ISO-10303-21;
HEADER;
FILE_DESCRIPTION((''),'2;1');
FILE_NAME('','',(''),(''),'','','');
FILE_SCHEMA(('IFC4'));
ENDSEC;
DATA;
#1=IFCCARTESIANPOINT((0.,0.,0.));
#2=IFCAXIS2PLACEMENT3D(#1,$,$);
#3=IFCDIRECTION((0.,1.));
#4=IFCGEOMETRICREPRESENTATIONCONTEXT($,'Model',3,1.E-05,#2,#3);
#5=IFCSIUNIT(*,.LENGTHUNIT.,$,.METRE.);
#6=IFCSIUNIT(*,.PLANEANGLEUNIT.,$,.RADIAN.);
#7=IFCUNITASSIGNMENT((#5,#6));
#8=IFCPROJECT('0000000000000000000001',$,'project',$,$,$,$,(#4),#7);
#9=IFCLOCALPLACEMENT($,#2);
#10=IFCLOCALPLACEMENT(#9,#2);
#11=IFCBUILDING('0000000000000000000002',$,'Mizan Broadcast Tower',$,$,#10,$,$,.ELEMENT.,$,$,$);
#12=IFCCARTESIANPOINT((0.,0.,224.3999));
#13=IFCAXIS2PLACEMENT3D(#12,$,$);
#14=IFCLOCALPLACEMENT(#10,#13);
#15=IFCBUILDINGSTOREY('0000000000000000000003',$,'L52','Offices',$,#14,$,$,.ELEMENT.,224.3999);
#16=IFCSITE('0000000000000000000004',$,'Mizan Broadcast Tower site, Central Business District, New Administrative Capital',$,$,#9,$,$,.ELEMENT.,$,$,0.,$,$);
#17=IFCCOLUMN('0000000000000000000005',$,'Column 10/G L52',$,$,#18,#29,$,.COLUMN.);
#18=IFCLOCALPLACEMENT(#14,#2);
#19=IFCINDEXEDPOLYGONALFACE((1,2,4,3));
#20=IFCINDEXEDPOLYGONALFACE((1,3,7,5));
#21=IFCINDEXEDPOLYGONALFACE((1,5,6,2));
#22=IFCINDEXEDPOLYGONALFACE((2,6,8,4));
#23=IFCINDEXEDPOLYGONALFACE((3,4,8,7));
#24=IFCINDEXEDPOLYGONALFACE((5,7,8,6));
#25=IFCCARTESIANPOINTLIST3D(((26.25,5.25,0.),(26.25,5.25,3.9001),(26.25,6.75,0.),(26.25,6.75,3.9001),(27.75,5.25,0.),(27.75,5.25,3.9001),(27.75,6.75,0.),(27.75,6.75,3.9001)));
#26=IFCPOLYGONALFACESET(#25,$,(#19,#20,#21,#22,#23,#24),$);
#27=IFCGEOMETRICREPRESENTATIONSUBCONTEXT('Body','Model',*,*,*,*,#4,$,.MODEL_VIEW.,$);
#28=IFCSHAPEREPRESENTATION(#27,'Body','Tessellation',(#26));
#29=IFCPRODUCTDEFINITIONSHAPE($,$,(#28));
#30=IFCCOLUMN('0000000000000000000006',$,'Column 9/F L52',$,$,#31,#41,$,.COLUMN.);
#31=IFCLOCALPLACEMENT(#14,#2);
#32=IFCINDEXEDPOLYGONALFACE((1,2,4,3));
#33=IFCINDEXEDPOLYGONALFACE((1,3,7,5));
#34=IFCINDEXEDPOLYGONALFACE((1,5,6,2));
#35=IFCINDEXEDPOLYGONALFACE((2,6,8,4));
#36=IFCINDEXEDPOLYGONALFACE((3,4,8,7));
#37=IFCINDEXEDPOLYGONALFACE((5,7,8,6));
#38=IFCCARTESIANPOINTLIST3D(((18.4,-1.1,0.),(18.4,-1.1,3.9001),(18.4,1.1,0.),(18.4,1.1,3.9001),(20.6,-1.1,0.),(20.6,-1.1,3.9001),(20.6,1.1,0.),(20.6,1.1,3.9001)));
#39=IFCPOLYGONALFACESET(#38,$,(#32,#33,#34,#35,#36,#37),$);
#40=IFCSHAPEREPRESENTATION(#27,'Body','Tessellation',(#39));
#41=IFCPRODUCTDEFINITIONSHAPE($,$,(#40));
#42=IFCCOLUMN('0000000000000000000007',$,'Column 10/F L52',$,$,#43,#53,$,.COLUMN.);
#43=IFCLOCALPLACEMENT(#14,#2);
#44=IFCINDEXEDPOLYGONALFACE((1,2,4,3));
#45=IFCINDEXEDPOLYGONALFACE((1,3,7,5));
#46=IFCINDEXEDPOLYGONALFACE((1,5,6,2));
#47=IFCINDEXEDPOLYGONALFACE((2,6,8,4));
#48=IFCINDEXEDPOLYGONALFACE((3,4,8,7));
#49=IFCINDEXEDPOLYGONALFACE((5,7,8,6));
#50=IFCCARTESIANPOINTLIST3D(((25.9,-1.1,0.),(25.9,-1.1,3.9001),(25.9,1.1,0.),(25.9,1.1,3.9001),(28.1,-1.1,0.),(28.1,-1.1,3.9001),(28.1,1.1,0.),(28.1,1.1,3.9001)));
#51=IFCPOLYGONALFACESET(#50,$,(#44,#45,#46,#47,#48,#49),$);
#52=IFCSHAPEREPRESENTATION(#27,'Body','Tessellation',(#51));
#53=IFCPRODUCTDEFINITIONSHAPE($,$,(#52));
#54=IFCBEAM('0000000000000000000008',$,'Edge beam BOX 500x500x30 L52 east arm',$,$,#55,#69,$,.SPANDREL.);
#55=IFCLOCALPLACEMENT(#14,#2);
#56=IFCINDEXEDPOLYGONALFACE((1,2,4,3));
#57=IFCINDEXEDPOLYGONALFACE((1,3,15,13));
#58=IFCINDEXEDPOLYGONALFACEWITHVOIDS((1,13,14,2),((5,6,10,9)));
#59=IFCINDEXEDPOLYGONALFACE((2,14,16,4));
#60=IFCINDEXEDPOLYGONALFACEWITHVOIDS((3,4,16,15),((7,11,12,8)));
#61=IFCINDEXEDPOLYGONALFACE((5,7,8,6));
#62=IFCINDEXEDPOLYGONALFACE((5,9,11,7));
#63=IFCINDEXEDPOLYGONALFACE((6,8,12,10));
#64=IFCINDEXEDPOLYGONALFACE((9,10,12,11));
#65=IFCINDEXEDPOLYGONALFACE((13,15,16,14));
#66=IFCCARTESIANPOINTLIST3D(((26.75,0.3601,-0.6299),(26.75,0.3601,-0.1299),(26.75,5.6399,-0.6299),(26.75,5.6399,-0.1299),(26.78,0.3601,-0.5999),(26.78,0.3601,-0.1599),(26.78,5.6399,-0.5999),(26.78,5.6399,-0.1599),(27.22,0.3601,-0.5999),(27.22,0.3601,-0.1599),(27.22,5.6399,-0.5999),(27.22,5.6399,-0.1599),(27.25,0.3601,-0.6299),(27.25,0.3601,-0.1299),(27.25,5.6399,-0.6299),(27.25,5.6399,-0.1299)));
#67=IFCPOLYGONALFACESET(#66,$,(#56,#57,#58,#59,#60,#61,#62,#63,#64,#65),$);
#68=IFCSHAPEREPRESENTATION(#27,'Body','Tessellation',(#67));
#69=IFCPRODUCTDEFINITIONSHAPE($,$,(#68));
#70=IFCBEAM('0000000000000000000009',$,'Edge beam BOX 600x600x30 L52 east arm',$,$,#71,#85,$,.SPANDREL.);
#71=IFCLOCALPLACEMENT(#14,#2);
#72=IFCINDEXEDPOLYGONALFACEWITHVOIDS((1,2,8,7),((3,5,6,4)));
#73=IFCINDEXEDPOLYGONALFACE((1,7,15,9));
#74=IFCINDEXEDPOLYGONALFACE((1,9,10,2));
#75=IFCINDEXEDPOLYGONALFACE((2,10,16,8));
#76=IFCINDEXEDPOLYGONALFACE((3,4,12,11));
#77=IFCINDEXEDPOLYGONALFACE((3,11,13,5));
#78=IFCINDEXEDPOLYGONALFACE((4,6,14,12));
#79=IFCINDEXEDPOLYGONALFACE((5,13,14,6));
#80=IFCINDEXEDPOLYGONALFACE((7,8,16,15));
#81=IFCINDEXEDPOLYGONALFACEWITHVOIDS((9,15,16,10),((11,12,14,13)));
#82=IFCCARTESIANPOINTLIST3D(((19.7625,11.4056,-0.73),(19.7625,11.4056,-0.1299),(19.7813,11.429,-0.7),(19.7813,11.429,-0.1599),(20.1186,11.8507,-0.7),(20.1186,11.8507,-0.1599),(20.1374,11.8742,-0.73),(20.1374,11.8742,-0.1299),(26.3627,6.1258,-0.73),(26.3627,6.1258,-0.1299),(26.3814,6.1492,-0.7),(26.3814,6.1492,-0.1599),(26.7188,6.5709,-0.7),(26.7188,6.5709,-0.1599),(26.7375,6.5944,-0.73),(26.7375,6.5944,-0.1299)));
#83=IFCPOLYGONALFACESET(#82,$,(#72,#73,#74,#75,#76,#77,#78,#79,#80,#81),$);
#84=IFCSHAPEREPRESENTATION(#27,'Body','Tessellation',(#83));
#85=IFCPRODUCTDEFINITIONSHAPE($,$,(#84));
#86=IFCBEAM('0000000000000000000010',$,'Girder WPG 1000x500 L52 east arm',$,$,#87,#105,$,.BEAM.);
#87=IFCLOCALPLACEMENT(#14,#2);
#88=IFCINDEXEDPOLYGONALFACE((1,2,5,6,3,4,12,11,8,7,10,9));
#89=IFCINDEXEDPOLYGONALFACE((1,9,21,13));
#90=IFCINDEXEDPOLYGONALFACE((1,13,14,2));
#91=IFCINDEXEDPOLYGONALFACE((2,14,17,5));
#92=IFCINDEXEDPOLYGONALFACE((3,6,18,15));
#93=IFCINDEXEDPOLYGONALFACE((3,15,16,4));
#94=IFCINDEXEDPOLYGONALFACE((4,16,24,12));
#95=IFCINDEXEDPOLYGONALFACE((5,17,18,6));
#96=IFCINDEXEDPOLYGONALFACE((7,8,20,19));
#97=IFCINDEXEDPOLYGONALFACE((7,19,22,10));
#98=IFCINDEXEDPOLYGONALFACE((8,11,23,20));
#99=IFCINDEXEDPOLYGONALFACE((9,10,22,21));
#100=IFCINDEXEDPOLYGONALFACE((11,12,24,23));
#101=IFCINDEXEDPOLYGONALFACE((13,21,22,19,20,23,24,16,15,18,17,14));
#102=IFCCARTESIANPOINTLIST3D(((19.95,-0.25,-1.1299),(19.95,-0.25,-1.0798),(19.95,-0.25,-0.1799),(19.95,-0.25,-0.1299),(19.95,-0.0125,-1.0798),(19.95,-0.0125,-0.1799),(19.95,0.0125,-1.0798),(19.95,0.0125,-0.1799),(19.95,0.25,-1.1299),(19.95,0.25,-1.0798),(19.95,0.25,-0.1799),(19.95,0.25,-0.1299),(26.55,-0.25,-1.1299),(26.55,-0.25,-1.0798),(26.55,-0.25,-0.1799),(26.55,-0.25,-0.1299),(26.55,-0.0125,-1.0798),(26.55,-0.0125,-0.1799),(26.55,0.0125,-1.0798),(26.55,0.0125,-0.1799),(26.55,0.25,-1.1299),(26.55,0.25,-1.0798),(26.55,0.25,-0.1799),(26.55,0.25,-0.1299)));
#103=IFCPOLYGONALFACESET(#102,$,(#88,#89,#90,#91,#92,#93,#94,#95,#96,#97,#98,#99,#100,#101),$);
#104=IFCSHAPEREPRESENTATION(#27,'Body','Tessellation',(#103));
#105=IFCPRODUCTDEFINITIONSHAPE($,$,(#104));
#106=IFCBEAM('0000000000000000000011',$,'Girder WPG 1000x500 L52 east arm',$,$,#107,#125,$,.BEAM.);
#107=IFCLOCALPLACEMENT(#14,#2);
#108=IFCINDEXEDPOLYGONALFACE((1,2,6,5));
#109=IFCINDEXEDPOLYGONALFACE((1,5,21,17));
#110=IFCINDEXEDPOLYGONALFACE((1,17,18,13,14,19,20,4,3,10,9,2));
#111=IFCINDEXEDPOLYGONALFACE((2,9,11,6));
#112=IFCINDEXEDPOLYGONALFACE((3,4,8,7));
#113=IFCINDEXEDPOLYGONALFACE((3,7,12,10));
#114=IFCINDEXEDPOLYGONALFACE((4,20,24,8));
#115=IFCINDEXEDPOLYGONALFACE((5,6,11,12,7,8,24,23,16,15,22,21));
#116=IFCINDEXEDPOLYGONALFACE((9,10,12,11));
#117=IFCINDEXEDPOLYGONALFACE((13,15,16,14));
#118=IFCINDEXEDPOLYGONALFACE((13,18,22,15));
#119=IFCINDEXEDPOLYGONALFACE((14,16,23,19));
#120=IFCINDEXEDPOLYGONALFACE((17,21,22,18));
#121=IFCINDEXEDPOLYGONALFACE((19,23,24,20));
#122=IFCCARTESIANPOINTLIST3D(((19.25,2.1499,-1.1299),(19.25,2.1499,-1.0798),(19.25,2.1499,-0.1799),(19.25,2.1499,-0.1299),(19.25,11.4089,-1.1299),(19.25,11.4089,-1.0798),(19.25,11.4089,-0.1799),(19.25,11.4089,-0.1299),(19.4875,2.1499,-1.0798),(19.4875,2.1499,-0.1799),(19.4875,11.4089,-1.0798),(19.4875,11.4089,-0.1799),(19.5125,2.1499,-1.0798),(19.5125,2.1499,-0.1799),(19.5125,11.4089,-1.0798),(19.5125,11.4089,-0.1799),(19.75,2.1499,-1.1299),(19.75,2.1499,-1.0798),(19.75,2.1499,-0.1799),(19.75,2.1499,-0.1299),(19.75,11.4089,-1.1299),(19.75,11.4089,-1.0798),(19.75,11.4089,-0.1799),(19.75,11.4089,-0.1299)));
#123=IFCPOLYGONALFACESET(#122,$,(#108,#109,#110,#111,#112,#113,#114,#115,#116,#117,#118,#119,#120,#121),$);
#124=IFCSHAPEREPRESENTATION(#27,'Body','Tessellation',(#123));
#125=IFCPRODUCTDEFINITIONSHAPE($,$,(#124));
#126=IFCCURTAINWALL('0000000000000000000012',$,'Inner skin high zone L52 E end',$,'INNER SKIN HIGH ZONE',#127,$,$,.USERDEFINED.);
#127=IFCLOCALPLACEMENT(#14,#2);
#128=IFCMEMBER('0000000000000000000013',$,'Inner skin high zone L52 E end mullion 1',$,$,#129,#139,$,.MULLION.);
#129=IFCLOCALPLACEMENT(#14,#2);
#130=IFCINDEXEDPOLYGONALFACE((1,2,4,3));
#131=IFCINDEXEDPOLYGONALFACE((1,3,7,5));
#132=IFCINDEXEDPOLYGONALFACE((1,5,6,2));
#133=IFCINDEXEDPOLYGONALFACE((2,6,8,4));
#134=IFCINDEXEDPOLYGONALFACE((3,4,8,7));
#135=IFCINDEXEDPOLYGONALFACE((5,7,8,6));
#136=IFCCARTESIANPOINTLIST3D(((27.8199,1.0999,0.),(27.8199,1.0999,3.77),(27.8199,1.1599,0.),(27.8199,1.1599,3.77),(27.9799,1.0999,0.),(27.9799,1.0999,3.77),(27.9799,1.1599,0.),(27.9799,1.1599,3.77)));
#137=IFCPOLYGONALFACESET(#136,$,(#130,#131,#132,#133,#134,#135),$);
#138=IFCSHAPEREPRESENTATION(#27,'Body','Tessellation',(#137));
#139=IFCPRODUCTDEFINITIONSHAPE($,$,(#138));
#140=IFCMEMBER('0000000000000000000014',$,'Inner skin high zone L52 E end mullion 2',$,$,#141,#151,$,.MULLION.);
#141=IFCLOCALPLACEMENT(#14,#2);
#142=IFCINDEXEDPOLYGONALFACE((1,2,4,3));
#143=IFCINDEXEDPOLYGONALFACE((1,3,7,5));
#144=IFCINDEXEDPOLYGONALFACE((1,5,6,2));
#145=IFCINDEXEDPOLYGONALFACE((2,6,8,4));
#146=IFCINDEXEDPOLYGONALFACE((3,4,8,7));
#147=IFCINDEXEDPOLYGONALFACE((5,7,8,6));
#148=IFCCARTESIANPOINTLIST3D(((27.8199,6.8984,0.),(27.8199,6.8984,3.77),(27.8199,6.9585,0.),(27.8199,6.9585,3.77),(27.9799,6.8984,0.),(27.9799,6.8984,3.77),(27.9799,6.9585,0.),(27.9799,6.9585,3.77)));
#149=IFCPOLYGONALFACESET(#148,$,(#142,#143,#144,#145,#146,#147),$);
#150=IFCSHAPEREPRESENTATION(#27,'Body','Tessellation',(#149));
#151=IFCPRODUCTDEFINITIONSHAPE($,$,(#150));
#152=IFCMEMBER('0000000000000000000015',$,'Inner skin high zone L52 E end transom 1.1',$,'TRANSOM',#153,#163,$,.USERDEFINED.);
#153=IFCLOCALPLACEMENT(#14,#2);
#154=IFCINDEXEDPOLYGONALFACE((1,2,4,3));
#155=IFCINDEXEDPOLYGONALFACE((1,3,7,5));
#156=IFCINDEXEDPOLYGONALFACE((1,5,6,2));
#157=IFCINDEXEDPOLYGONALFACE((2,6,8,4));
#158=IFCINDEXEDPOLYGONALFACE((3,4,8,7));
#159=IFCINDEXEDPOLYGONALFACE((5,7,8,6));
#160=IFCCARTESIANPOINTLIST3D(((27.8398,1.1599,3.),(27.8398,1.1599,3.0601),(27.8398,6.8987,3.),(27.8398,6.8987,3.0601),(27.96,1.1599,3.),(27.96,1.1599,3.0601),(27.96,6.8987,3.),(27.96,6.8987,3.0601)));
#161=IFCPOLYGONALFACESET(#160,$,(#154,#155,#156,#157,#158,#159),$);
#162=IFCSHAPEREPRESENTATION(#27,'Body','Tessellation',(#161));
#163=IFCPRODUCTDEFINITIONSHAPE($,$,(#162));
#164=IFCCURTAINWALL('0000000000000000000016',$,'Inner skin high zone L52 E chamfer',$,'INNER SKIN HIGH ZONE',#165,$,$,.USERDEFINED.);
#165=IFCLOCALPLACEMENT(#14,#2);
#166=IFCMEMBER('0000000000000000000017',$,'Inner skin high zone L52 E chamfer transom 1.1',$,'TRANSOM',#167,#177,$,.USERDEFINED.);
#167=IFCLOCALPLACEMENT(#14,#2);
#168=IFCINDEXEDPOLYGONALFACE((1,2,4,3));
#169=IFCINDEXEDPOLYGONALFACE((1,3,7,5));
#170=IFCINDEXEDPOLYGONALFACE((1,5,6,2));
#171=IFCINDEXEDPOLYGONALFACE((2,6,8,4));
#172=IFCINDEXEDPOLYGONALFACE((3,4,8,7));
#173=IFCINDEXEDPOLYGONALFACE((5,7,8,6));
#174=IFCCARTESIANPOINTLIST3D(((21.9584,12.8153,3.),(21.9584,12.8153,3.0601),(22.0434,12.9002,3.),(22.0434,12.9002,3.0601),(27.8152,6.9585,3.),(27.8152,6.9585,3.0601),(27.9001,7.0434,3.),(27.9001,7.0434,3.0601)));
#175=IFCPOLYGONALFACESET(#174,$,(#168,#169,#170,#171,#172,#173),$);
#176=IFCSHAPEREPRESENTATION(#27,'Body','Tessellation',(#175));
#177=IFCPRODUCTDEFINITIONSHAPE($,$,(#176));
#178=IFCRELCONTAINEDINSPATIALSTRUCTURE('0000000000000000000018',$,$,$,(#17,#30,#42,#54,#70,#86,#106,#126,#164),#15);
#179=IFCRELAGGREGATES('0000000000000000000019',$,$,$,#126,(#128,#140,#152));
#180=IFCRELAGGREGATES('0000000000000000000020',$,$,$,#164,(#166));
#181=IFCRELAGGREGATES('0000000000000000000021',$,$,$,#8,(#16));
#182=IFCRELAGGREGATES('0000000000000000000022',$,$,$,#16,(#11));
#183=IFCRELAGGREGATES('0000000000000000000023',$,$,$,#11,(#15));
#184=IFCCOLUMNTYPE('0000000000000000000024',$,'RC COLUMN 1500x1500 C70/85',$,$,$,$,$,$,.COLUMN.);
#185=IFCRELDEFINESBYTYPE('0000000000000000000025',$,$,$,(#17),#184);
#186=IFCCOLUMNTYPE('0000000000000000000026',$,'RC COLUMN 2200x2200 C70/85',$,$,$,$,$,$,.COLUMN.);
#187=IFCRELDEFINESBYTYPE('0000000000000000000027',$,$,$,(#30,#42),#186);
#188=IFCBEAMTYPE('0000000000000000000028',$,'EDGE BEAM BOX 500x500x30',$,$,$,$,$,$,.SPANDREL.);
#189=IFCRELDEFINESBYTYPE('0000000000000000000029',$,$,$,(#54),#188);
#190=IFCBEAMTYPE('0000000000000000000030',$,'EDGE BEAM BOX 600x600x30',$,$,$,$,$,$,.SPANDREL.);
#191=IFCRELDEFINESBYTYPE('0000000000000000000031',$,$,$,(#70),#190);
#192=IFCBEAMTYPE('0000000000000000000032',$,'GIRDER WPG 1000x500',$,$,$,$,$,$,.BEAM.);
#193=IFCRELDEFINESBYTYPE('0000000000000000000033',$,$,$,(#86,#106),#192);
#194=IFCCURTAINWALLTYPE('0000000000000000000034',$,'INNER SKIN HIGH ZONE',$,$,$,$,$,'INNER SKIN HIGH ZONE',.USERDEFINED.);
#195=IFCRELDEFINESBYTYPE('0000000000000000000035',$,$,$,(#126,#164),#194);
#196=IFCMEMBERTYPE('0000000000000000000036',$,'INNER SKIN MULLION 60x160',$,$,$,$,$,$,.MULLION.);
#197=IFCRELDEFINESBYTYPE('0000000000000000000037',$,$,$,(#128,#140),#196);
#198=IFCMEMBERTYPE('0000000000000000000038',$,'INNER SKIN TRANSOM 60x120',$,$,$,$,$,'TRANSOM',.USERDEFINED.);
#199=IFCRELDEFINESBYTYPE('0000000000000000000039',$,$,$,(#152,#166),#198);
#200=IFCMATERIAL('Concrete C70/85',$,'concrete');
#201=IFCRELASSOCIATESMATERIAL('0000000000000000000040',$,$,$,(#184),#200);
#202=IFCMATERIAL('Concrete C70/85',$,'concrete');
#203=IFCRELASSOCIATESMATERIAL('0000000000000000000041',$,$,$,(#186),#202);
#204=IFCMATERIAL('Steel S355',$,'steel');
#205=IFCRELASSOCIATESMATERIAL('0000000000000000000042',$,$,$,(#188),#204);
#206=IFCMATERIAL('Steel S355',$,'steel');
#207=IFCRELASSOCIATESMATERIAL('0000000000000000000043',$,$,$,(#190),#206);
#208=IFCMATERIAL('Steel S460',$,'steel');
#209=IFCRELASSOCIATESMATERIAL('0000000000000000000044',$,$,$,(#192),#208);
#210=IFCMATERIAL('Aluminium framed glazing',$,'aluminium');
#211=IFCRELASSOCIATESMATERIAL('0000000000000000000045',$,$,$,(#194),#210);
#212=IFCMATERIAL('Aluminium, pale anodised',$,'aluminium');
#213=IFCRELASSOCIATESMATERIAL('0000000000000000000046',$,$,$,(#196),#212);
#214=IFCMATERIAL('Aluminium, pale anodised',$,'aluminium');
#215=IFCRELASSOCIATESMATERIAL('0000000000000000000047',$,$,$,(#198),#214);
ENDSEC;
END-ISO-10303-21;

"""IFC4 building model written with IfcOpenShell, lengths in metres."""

from ifc_helpers import new_model, si_unit, direction, frame, origin, origin_2d, place, context, subcontext, project, spatial, rectangle, hollow_rectangle, i_section, extrude, material, material_profile, profile_set, type_object, element, aggregate, save


model = new_model("IFC4")

# Units and contexts
model_context = context("Model", 3, precision=1e-05, world=origin(), true_north=direction((0.0, 1.0)))
body_context = subcontext(model_context, "Body", "Model", "MODEL_VIEW")
ifc_project = project(units=[si_unit("LENGTHUNIT", "METRE"), si_unit("PLANEANGLEUNIT", "RADIAN")], contexts=[model_context])

# Site, building, storey
site_placement = place(None, origin())
site = spatial("IfcSite", under=ifc_project, at=site_placement, Name="Mizan Broadcast Tower site, Central Business District, New Administrative Capital", CompositionType="ELEMENT", RefElevation=0.0)
building_placement = place(site_placement, origin())
building = spatial("IfcBuilding", under=site, at=building_placement, Name="Mizan Broadcast Tower", CompositionType="ELEMENT")
storey_placement = place(building_placement, frame((0.0, 0.0, 224.3999)))
storey = spatial("IfcBuildingStorey", under=building, at=storey_placement, Name="L52", Description="Offices", CompositionType="ELEMENT", Elevation=224.3999)

# Columns
ifc_material_1 = material(Name="Concrete C70/85", Category="concrete")
ifc_material_profile_1 = material_profile(ifc_material_1, rectangle(XDim=1.5, YDim=1.5, at=origin_2d()), Name="RC 1500x1500")
ifc_profile_set_1 = profile_set([ifc_material_profile_1], Name="Concrete C70/85")
column_type_1 = type_object("IfcColumnType", Name="RC COLUMN 1500x1500 C70/85", PredefinedType="COLUMN", material=ifc_profile_set_1)
column_placement = place(storey_placement, frame((27.0, 6.0, 0.0), z_axis=(0.0, 0.0, 1.0), x_axis=(1.0, 0.0, 0.0)))
element("IfcColumn", 1, at=column_placement, inside=storey, type_object=column_type_1, Name="Column 10/G L52", PredefinedType="COLUMN", context=body_context, shape_type="SweptSolid", body=[
    extrude(rectangle(XDim=1.5, YDim=1.5, at=origin_2d()), origin(), (0.0, 0.0, 1.0), 3.9001),
])
ifc_material_2 = material(Name="Concrete C70/85", Category="concrete")
ifc_material_profile_2 = material_profile(ifc_material_2, rectangle(XDim=2.2, YDim=2.2, at=origin_2d()), Name="RC 2200x2200")
ifc_profile_set_2 = profile_set([ifc_material_profile_2], Name="Concrete C70/85")
column_type_2 = type_object("IfcColumnType", Name="RC COLUMN 2200x2200 C70/85", PredefinedType="COLUMN", material=ifc_profile_set_2)
for number, where, z_axis, x_axis, name in (
    (2, (19.5, 0.0, 0.0), (0.0, 0.0, 1.0), (1.0, 0.0, 0.0), "Column 9/F L52"),
    (3, (27.0, 0.0, 0.0), (0.0, 0.0, 1.0), (1.0, 0.0, 0.0), "Column 10/F L52"),
):
    element("IfcColumn", number, at=place(storey_placement, frame(where, z_axis=z_axis, x_axis=x_axis)), inside=storey, type_object=column_type_2, Name=name, PredefinedType="COLUMN", context=body_context, shape_type="SweptSolid", body=[
        extrude(rectangle(XDim=2.2, YDim=2.2, at=origin_2d()), origin(), (0.0, 0.0, 1.0), 3.9001),
    ])

# Beams
ifc_material_3 = material(Name="Steel S355", Category="steel")
ifc_material_profile_3 = material_profile(ifc_material_3, hollow_rectangle(XDim=0.5, YDim=0.5, WallThickness=0.03, at=origin_2d()), Name="BOX 500x500x30")
ifc_profile_set_3 = profile_set([ifc_material_profile_3], Name="Steel S355")
beam_type_1 = type_object("IfcBeamType", Name="EDGE BEAM BOX 500x500x30", PredefinedType="SPANDREL", material=ifc_profile_set_3)
beam_1_placement = place(storey_placement, frame((27.0, 5.6399, -0.3799), z_axis=(0.0, -1.0, 0.0), x_axis=(1.0, 0.0, 0.0)))
element("IfcBeam", 4, at=beam_1_placement, inside=storey, type_object=beam_type_1, Name="Edge beam BOX 500x500x30 L52 east arm", PredefinedType="SPANDREL", context=body_context, shape_type="SweptSolid", body=[
    extrude(hollow_rectangle(XDim=0.5, YDim=0.5, WallThickness=0.03, at=origin_2d()), origin(), (0.0, 0.0, 1.0), 5.2798),
])
ifc_material_4 = material(Name="Steel S355", Category="steel")
ifc_material_profile_4 = material_profile(ifc_material_4, hollow_rectangle(XDim=0.6001, YDim=0.6001, WallThickness=0.03, at=origin_2d()), Name="BOX 600x600x30")
ifc_profile_set_4 = profile_set([ifc_material_profile_4], Name="Steel S355")
beam_type_2 = type_object("IfcBeamType", Name="EDGE BEAM BOX 600x600x30", PredefinedType="SPANDREL", material=ifc_profile_set_4)
beam_2_placement = place(storey_placement, frame((19.95, 11.6399, -0.4299), z_axis=(0.780886, -0.624674, 0.0), x_axis=(0.624674, 0.780886, 0.0)))
element("IfcBeam", 5, at=beam_2_placement, inside=storey, type_object=beam_type_2, Name="Edge beam BOX 600x600x30 L52 east arm", PredefinedType="SPANDREL", context=body_context, shape_type="SweptSolid", body=[
    extrude(hollow_rectangle(XDim=0.6001, YDim=0.6001, WallThickness=0.03, at=origin_2d()), origin(), (0.0, 0.0, 1.0), 8.4521),
])
ifc_material_5 = material(Name="Steel S460", Category="steel")
ifc_material_profile_5 = material_profile(ifc_material_5, i_section(OverallWidth=0.5, OverallDepth=1.0, WebThickness=0.0249, FlangeThickness=0.05, at=origin_2d()), Name="WPG 1000x500")
ifc_profile_set_5 = profile_set([ifc_material_profile_5], Name="Steel S460")
beam_type_3 = type_object("IfcBeamType", Name="GIRDER WPG 1000x500", PredefinedType="BEAM", material=ifc_profile_set_5)
beam_3_placement = place(storey_placement, frame((19.95, 0.0, -0.6299), z_axis=(1.0, 0.0, 0.0), x_axis=(0.0, 1.0, 0.0)))
element("IfcBeam", 6, at=beam_3_placement, inside=storey, type_object=beam_type_3, Name="Girder WPG 1000x500 L52 east arm", PredefinedType="BEAM", context=body_context, shape_type="SweptSolid", body=[
    extrude(i_section(OverallWidth=0.5, OverallDepth=1.0, WebThickness=0.0249, FlangeThickness=0.05, at=origin_2d()), origin(), (0.0, 0.0, 1.0), 6.6001),
])
beam_4_placement = place(storey_placement, frame((19.5, 11.4089, -0.6299), z_axis=(0.0, -1.0, 0.0), x_axis=(1.0, 0.0, 0.0)))
element("IfcBeam", 7, at=beam_4_placement, inside=storey, type_object=beam_type_3, Name="Girder WPG 1000x500 L52 east arm", PredefinedType="BEAM", context=body_context, shape_type="SweptSolid", body=[
    extrude(i_section(OverallWidth=0.5, OverallDepth=1.0, WebThickness=0.0249, FlangeThickness=0.05, at=origin_2d()), origin(), (0.0, 0.0, 1.0), 9.259),
])

# Curtain wall, members
ifc_material_6 = material(Name="Aluminium framed glazing", Category="aluminium")
curtain_wall_type_1 = type_object("IfcCurtainWallType", Name="INNER SKIN HIGH ZONE", ElementType="INNER SKIN HIGH ZONE", PredefinedType="USERDEFINED", material=ifc_material_6)
curtain_wall_1_placement = place(storey_placement, origin())
curtain_wall_1 = element("IfcCurtainWall", 8, at=curtain_wall_1_placement, inside=storey, type_object=curtain_wall_type_1, Name="Inner skin high zone L52 E end", ObjectType="INNER SKIN HIGH ZONE", PredefinedType="USERDEFINED")
ifc_material_7 = material(Name="Aluminium, pale anodised", Category="aluminium")
ifc_material_profile_6 = material_profile(ifc_material_7, rectangle(XDim=0.1599, YDim=0.0601, at=origin_2d()), Name="MULLION 160x60")
ifc_profile_set_6 = profile_set([ifc_material_profile_6], Name="Aluminium, pale anodised")
member_type_1 = type_object("IfcMemberType", Name="INNER SKIN MULLION 60x160", PredefinedType="MULLION", material=ifc_profile_set_6)
member_1_placement = place(storey_placement, frame((27.8999, 1.1299, 0.0), z_axis=(0.0, 0.0, 1.0), x_axis=(-1.0, 0.0, 0.0)))
member_1 = element("IfcMember", 9, at=member_1_placement, type_object=member_type_1, Name="Inner skin high zone L52 E end mullion 1", PredefinedType="MULLION", context=body_context, shape_type="SweptSolid", body=[
    extrude(rectangle(XDim=0.1599, YDim=0.0601, at=origin_2d()), origin(), (0.0, 0.0, 1.0), 3.77),
])
member_2_placement = place(storey_placement, frame((27.8999, 6.9285, 0.0), z_axis=(0.0, 0.0, 1.0), x_axis=(-1.0, 0.0, 0.0)))
member_2 = element("IfcMember", 10, at=member_2_placement, type_object=member_type_1, Name="Inner skin high zone L52 E end mullion 2", PredefinedType="MULLION", context=body_context, shape_type="SweptSolid", body=[
    extrude(rectangle(XDim=0.1599, YDim=0.0601, at=origin_2d()), origin(), (0.0, 0.0, 1.0), 3.77),
])
ifc_material_8 = material(Name="Aluminium, pale anodised", Category="aluminium")
ifc_material_profile_7 = material_profile(ifc_material_8, rectangle(XDim=0.1201, YDim=0.0601, at=origin_2d()), Name="TRANSOM 120x60")
ifc_profile_set_7 = profile_set([ifc_material_profile_7], Name="Aluminium, pale anodised")
member_type_2 = type_object("IfcMemberType", Name="INNER SKIN TRANSOM 60x120", ElementType="TRANSOM", PredefinedType="USERDEFINED", material=ifc_profile_set_7)
member_3_placement = place(storey_placement, frame((27.8999, 1.1599, 3.03), z_axis=(0.0, 1.0, 0.0), x_axis=(-1.0, 0.0, 0.0)))
member_3 = element("IfcMember", 11, at=member_3_placement, type_object=member_type_2, Name="Inner skin high zone L52 E end transom 1.1", ObjectType="TRANSOM", PredefinedType="USERDEFINED", context=body_context, shape_type="SweptSolid", body=[
    extrude(rectangle(XDim=0.1201, YDim=0.0601, at=origin_2d()), origin(), (0.0, 0.0, 1.0), 5.7388),
])

# Curtain wall, member
curtain_wall_2_placement = place(storey_placement, origin())
curtain_wall_2 = element("IfcCurtainWall", 12, at=curtain_wall_2_placement, inside=storey, type_object=curtain_wall_type_1, Name="Inner skin high zone L52 E chamfer", ObjectType="INNER SKIN HIGH ZONE", PredefinedType="USERDEFINED")
member_4_placement = place(storey_placement, frame((27.8577, 7.001, 3.03), z_axis=(-0.707107, 0.707107, 0.0), x_axis=(-0.707107, -0.707107, 0.0)))
member_4 = element("IfcMember", 13, at=member_4_placement, type_object=member_type_2, Name="Inner skin high zone L52 E chamfer transom 1.1", ObjectType="TRANSOM", PredefinedType="USERDEFINED", context=body_context, shape_type="SweptSolid", body=[
    extrude(rectangle(XDim=0.1201, YDim=0.0601, at=origin_2d()), origin(), (0.0, 0.0, 1.0), 8.2827),
])

aggregate(curtain_wall_1, [member_1, member_2, member_3])
aggregate(curtain_wall_2, [member_4])

save(model, "model.ifc")
